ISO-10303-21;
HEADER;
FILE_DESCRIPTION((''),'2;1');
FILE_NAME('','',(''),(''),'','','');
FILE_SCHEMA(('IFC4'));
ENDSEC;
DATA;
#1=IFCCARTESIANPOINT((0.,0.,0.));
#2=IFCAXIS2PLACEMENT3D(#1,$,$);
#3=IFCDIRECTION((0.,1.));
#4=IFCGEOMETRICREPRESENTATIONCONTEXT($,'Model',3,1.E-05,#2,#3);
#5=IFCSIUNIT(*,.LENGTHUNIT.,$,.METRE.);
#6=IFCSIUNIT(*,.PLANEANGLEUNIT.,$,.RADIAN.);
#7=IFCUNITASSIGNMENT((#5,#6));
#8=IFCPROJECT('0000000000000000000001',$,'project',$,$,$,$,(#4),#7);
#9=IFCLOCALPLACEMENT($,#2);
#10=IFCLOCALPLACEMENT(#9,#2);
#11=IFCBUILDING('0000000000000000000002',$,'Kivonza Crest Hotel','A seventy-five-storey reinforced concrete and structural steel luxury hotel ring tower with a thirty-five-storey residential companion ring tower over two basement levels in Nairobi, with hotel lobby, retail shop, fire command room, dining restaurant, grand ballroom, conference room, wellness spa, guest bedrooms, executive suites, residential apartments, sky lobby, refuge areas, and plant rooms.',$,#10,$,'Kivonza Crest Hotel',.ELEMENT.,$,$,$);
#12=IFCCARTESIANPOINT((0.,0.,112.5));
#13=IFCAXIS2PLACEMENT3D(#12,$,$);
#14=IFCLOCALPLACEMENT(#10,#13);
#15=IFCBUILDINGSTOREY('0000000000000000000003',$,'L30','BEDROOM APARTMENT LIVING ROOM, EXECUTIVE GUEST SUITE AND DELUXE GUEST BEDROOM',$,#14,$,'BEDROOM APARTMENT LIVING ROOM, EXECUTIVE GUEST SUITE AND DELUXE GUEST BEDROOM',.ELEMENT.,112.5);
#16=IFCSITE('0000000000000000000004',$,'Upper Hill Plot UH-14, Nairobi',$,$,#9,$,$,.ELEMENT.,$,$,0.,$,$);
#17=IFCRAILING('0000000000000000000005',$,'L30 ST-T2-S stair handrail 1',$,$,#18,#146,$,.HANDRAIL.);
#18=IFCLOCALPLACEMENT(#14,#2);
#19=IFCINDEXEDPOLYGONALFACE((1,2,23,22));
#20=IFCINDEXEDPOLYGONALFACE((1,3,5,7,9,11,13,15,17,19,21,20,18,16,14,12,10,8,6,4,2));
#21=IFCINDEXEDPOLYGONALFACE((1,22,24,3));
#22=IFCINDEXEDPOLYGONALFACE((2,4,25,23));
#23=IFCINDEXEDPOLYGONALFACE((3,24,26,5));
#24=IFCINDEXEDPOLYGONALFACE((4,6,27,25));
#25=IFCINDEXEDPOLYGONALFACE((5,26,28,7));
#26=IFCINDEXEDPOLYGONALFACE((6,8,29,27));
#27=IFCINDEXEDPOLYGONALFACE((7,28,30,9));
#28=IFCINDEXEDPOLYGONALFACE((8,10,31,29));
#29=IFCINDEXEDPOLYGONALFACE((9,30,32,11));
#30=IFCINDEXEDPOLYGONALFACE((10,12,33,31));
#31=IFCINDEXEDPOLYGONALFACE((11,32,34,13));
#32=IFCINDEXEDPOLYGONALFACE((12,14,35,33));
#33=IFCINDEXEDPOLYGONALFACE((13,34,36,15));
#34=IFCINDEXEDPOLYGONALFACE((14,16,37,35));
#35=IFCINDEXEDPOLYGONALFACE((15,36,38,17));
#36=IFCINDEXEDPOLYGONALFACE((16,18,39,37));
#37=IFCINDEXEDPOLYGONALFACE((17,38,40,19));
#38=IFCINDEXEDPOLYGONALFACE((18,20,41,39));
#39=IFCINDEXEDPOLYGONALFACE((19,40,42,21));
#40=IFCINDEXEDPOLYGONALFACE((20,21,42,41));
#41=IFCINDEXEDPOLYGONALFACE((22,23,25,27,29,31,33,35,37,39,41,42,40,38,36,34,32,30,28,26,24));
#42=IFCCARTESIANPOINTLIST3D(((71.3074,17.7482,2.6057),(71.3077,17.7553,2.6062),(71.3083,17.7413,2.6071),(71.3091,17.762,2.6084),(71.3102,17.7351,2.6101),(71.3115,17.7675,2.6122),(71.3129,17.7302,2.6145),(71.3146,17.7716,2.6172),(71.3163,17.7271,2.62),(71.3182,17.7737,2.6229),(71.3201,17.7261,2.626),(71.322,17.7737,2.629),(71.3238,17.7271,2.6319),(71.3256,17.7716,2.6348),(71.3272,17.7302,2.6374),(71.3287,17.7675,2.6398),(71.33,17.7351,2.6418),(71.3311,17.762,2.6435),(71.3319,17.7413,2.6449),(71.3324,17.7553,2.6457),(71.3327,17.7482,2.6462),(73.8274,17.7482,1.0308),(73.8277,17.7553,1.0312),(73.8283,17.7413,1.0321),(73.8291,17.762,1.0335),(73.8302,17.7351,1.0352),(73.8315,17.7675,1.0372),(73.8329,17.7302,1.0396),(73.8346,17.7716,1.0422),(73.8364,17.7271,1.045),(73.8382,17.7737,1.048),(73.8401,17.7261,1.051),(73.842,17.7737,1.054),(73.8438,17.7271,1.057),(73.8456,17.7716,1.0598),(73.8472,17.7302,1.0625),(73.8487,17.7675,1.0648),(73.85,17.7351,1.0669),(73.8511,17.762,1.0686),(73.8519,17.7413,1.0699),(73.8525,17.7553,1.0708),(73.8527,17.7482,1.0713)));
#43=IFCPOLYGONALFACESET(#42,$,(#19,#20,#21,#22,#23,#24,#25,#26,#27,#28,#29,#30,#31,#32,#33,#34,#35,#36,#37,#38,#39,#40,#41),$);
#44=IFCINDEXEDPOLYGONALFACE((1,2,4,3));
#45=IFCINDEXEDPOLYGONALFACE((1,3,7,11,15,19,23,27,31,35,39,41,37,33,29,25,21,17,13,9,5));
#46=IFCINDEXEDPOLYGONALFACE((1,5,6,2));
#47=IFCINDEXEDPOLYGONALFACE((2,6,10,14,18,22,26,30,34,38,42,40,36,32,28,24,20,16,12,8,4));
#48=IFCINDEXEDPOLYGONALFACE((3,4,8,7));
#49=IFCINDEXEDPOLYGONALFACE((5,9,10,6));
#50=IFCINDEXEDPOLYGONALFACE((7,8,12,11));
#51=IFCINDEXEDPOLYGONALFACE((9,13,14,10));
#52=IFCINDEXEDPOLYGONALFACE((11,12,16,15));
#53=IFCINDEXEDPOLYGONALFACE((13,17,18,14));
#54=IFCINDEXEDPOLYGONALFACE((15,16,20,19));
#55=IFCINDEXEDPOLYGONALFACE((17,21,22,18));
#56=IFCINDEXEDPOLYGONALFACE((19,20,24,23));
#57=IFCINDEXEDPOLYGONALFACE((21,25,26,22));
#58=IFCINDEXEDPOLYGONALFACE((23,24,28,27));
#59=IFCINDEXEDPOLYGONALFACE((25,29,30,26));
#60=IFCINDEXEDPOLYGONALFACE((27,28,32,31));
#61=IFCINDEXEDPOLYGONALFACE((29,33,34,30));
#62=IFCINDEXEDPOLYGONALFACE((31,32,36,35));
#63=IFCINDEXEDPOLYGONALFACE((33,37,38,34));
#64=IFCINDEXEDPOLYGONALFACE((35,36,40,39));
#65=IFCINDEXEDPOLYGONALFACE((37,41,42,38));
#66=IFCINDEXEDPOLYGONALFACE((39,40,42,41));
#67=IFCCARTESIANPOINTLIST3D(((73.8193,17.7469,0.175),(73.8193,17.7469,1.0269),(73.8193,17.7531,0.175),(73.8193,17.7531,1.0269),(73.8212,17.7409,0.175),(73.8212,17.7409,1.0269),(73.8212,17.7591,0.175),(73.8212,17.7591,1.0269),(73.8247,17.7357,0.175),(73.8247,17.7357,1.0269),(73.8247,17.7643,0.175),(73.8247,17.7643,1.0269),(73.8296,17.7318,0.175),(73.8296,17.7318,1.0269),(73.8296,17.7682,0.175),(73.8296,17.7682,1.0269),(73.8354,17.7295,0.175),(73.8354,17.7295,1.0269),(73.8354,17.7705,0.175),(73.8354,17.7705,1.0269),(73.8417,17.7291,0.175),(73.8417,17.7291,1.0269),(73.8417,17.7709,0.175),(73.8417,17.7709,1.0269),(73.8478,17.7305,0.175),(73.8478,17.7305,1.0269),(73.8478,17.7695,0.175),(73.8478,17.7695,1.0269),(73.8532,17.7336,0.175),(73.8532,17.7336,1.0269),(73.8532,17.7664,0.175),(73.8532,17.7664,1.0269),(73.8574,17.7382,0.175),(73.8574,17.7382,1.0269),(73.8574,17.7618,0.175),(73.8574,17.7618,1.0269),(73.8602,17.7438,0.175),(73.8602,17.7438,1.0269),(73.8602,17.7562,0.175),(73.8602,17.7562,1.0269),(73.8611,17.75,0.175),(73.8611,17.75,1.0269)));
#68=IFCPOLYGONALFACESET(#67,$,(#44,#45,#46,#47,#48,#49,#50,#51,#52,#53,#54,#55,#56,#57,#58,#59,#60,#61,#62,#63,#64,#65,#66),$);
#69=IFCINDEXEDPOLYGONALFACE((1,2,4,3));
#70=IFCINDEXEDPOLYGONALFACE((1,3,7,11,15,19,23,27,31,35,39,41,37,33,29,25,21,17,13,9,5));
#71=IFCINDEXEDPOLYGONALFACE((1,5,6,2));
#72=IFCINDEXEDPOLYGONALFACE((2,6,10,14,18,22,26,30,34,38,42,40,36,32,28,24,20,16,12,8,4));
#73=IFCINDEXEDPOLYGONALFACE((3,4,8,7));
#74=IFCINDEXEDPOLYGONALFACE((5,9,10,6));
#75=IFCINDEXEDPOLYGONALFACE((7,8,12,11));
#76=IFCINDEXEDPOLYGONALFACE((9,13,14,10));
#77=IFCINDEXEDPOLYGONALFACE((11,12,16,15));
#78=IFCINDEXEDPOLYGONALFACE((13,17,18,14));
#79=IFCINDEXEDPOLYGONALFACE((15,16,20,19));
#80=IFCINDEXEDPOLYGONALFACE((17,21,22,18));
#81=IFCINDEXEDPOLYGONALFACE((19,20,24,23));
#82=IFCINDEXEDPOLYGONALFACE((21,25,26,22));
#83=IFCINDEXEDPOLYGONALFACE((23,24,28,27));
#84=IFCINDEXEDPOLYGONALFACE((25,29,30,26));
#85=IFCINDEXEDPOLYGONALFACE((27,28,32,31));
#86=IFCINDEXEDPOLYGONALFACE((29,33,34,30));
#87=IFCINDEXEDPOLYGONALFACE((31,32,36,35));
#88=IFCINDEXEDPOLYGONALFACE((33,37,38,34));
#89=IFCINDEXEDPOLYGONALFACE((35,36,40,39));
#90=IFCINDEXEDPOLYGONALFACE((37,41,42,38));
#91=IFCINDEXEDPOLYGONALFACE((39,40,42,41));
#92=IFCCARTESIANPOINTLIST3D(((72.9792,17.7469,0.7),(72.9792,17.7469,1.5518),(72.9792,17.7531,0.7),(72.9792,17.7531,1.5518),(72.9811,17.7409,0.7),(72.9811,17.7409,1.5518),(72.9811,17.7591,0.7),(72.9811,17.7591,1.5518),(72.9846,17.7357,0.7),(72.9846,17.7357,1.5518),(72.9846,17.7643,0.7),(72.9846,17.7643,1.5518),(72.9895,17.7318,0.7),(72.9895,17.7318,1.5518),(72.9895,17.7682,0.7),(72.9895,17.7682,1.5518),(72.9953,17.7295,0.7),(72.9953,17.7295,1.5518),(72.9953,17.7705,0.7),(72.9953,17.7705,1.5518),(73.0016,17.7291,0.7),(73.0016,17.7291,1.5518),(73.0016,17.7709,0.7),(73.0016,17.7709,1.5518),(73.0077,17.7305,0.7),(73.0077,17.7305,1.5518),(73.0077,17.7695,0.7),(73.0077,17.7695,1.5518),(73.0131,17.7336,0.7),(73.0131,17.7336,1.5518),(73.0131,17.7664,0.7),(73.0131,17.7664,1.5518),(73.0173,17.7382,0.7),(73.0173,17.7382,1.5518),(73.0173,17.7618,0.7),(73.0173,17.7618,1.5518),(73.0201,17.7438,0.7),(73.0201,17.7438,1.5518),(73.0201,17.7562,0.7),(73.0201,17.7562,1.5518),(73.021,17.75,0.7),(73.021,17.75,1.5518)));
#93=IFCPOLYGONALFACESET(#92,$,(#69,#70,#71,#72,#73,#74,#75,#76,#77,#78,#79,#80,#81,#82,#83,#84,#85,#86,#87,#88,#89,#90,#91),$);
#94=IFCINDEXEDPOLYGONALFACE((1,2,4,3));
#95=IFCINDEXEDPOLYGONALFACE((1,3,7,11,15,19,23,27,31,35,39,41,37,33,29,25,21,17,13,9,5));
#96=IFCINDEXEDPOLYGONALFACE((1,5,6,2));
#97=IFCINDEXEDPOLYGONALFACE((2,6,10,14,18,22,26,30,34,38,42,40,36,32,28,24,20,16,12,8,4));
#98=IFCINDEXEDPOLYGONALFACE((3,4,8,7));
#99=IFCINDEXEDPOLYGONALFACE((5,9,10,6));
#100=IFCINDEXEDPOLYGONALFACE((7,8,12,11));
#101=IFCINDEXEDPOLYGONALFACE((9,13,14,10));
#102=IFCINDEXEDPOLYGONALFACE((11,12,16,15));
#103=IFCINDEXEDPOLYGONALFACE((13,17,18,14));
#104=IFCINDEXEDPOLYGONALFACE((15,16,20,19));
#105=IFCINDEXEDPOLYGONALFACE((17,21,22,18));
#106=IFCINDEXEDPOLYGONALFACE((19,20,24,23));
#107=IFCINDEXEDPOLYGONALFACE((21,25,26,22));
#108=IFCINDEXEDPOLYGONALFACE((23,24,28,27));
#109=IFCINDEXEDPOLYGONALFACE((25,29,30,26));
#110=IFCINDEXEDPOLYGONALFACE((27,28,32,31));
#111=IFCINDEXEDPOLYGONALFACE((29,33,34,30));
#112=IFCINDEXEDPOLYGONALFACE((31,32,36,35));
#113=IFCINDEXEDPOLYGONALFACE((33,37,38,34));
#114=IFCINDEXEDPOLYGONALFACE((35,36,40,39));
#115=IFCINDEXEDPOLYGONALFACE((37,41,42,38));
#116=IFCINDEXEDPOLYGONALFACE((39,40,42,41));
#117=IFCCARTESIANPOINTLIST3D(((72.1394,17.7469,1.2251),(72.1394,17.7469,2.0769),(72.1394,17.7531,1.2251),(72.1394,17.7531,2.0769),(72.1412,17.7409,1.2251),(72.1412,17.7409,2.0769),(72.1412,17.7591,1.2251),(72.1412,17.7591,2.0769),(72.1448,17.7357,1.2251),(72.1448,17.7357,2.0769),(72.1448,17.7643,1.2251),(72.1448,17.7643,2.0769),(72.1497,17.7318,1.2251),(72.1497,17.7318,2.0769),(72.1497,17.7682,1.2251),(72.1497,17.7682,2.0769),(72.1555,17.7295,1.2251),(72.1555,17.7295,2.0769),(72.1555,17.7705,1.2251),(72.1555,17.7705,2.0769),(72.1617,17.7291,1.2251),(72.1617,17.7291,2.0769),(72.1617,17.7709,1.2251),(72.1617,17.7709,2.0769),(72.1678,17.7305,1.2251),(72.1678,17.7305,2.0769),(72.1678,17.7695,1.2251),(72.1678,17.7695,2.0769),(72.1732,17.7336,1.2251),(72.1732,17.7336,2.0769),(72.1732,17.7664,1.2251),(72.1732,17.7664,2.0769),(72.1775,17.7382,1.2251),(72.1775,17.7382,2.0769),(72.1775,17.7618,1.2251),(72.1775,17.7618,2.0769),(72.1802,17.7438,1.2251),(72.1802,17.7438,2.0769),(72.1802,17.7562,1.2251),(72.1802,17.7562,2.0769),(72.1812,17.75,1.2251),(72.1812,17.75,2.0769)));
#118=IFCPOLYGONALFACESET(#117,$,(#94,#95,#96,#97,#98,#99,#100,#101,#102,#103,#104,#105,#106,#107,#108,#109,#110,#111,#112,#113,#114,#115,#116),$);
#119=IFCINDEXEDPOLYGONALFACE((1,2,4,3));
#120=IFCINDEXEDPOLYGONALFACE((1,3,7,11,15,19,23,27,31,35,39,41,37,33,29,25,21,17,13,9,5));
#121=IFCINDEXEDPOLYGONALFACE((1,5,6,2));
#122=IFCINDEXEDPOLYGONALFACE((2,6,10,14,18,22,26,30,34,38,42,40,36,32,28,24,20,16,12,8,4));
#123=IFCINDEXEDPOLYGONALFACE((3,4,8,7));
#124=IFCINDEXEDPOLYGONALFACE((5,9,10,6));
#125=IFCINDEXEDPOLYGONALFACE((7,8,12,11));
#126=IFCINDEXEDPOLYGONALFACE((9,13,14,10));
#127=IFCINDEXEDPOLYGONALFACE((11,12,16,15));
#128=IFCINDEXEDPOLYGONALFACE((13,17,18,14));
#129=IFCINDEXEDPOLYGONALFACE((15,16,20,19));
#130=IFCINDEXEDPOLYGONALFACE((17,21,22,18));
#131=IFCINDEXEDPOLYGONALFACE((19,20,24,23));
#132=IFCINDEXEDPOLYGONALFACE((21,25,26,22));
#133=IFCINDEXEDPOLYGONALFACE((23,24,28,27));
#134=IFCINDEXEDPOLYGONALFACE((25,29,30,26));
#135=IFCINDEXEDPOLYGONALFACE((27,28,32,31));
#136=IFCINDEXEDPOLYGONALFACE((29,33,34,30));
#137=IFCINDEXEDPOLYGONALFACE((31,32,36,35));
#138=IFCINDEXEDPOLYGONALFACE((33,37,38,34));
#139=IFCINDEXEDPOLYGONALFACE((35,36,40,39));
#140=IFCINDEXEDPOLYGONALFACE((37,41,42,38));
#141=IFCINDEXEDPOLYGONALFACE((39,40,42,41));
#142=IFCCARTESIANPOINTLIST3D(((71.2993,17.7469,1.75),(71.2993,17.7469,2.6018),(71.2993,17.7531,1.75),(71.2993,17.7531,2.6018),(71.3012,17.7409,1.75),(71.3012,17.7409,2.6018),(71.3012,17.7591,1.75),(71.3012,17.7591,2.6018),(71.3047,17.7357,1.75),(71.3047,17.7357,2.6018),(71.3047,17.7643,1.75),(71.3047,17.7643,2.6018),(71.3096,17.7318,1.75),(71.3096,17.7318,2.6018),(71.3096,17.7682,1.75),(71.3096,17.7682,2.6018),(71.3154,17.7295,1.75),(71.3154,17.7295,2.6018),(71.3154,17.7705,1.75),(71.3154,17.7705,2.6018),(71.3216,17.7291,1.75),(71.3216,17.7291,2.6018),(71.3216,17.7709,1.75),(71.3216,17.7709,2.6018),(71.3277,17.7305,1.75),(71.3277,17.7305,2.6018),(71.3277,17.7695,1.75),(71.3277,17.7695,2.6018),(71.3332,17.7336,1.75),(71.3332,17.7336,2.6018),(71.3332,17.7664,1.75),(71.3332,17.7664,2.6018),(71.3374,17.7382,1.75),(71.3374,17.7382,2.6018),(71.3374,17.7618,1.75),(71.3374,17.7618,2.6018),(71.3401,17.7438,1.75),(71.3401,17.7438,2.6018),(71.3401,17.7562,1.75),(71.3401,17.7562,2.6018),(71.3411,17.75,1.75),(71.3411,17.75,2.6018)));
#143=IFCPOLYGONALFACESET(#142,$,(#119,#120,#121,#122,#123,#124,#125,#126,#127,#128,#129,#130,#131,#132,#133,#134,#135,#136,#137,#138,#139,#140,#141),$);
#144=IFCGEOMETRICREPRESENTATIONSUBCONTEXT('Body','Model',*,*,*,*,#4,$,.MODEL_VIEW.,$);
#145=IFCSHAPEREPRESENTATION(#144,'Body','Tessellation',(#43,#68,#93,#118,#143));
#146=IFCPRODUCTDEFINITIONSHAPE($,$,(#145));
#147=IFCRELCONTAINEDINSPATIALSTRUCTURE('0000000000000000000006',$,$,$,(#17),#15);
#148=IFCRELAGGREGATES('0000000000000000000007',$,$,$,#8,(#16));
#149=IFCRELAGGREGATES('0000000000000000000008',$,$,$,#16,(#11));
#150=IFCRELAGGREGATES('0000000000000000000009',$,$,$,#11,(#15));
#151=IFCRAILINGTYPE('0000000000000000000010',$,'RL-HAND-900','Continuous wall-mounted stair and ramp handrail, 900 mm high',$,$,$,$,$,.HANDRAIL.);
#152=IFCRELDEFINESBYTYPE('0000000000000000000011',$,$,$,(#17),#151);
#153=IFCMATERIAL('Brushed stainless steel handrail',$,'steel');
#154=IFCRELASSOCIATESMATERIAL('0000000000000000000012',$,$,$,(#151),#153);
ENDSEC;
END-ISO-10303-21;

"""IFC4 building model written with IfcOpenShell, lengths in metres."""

from ifc_helpers import new_model, si_unit, direction, frame, origin, origin_2d, place, context, subcontext, project, spatial, circle, extrude, material, type_object, element, save


model = new_model("IFC4")

# Units and contexts
model_context = context("Model", 3, precision=1e-05, world=origin(), true_north=direction((0.0, 1.0)))
body_context = subcontext(model_context, "Body", "Model", "MODEL_VIEW")
ifc_project = project(units=[si_unit("LENGTHUNIT", "METRE"), si_unit("PLANEANGLEUNIT", "RADIAN")], contexts=[model_context])

# Site, building, storey
site_placement = place(None, origin())
site = spatial("IfcSite", under=ifc_project, at=site_placement, Name="Upper Hill Plot UH-14, Nairobi", CompositionType="ELEMENT", RefElevation=0.0)
building_placement = place(site_placement, origin())
building = spatial("IfcBuilding", under=site, at=building_placement, Name="Kivonza Crest Hotel", Description="A seventy-five-storey reinforced concrete and structural steel luxury hotel ring tower with a thirty-five-storey residential companion ring tower over two basement levels in Nairobi, with hotel lobby, retail shop, fire command room, dining restaurant, grand ballroom, conference room, wellness spa, guest bedrooms, executive suites, residential apartments, sky lobby, refuge areas, and plant rooms.", LongName="Kivonza Crest Hotel", CompositionType="ELEMENT")
storey_placement = place(building_placement, frame((0.0, 0.0, 112.5)))
storey = spatial("IfcBuildingStorey", under=building, at=storey_placement, Name="L30", Description="BEDROOM APARTMENT LIVING ROOM, EXECUTIVE GUEST SUITE AND DELUXE GUEST BEDROOM", LongName="BEDROOM APARTMENT LIVING ROOM, EXECUTIVE GUEST SUITE AND DELUXE GUEST BEDROOM", CompositionType="ELEMENT", Elevation=112.5)

# Railing
ifc_material_1 = material(Name="Brushed stainless steel handrail", Category="steel")
railing_type_1 = type_object("IfcRailingType", Name="RL-HAND-900", Description="Continuous wall-mounted stair and ramp handrail, 900 mm high", PredefinedType="HANDRAIL", material=ifc_material_1)
railing_1_placement = place(storey_placement, frame((73.8401, 17.75, 0.175)))
element("IfcRailing", 1, at=railing_1_placement, inside=storey, type_object=railing_type_1, Name="L30 ST-T2-S stair handrail 1", PredefinedType="HANDRAIL", context=body_context, shape_type="SweptSolid", body=[
    extrude(circle(Radius=0.0239, at=origin_2d()), frame((0.0, 0.0, 0.876), z_axis=(-0.848008, 0.0, 0.529984), x_axis=(0.0, -1.0, 0.0)), (0.0, 0.0, 1.0), 2.9717),
    extrude(circle(Radius=0.021, at=origin_2d()), origin(), (0.0, 0.0, 1.0), 0.8518),
    extrude(circle(Radius=0.021, at=origin_2d()), frame((-0.8401, 0.0, 0.5249)), (0.0, 0.0, 1.0), 0.8518),
    extrude(circle(Radius=0.021, at=origin_2d()), frame((-1.6799, 0.0, 1.05)), (0.0, 0.0, 1.0), 0.8518),
    extrude(circle(Radius=0.021, at=origin_2d()), frame((-2.52, 0.0, 1.575)), (0.0, 0.0, 1.0), 0.8518),
])

save(model, "model.ifc")
